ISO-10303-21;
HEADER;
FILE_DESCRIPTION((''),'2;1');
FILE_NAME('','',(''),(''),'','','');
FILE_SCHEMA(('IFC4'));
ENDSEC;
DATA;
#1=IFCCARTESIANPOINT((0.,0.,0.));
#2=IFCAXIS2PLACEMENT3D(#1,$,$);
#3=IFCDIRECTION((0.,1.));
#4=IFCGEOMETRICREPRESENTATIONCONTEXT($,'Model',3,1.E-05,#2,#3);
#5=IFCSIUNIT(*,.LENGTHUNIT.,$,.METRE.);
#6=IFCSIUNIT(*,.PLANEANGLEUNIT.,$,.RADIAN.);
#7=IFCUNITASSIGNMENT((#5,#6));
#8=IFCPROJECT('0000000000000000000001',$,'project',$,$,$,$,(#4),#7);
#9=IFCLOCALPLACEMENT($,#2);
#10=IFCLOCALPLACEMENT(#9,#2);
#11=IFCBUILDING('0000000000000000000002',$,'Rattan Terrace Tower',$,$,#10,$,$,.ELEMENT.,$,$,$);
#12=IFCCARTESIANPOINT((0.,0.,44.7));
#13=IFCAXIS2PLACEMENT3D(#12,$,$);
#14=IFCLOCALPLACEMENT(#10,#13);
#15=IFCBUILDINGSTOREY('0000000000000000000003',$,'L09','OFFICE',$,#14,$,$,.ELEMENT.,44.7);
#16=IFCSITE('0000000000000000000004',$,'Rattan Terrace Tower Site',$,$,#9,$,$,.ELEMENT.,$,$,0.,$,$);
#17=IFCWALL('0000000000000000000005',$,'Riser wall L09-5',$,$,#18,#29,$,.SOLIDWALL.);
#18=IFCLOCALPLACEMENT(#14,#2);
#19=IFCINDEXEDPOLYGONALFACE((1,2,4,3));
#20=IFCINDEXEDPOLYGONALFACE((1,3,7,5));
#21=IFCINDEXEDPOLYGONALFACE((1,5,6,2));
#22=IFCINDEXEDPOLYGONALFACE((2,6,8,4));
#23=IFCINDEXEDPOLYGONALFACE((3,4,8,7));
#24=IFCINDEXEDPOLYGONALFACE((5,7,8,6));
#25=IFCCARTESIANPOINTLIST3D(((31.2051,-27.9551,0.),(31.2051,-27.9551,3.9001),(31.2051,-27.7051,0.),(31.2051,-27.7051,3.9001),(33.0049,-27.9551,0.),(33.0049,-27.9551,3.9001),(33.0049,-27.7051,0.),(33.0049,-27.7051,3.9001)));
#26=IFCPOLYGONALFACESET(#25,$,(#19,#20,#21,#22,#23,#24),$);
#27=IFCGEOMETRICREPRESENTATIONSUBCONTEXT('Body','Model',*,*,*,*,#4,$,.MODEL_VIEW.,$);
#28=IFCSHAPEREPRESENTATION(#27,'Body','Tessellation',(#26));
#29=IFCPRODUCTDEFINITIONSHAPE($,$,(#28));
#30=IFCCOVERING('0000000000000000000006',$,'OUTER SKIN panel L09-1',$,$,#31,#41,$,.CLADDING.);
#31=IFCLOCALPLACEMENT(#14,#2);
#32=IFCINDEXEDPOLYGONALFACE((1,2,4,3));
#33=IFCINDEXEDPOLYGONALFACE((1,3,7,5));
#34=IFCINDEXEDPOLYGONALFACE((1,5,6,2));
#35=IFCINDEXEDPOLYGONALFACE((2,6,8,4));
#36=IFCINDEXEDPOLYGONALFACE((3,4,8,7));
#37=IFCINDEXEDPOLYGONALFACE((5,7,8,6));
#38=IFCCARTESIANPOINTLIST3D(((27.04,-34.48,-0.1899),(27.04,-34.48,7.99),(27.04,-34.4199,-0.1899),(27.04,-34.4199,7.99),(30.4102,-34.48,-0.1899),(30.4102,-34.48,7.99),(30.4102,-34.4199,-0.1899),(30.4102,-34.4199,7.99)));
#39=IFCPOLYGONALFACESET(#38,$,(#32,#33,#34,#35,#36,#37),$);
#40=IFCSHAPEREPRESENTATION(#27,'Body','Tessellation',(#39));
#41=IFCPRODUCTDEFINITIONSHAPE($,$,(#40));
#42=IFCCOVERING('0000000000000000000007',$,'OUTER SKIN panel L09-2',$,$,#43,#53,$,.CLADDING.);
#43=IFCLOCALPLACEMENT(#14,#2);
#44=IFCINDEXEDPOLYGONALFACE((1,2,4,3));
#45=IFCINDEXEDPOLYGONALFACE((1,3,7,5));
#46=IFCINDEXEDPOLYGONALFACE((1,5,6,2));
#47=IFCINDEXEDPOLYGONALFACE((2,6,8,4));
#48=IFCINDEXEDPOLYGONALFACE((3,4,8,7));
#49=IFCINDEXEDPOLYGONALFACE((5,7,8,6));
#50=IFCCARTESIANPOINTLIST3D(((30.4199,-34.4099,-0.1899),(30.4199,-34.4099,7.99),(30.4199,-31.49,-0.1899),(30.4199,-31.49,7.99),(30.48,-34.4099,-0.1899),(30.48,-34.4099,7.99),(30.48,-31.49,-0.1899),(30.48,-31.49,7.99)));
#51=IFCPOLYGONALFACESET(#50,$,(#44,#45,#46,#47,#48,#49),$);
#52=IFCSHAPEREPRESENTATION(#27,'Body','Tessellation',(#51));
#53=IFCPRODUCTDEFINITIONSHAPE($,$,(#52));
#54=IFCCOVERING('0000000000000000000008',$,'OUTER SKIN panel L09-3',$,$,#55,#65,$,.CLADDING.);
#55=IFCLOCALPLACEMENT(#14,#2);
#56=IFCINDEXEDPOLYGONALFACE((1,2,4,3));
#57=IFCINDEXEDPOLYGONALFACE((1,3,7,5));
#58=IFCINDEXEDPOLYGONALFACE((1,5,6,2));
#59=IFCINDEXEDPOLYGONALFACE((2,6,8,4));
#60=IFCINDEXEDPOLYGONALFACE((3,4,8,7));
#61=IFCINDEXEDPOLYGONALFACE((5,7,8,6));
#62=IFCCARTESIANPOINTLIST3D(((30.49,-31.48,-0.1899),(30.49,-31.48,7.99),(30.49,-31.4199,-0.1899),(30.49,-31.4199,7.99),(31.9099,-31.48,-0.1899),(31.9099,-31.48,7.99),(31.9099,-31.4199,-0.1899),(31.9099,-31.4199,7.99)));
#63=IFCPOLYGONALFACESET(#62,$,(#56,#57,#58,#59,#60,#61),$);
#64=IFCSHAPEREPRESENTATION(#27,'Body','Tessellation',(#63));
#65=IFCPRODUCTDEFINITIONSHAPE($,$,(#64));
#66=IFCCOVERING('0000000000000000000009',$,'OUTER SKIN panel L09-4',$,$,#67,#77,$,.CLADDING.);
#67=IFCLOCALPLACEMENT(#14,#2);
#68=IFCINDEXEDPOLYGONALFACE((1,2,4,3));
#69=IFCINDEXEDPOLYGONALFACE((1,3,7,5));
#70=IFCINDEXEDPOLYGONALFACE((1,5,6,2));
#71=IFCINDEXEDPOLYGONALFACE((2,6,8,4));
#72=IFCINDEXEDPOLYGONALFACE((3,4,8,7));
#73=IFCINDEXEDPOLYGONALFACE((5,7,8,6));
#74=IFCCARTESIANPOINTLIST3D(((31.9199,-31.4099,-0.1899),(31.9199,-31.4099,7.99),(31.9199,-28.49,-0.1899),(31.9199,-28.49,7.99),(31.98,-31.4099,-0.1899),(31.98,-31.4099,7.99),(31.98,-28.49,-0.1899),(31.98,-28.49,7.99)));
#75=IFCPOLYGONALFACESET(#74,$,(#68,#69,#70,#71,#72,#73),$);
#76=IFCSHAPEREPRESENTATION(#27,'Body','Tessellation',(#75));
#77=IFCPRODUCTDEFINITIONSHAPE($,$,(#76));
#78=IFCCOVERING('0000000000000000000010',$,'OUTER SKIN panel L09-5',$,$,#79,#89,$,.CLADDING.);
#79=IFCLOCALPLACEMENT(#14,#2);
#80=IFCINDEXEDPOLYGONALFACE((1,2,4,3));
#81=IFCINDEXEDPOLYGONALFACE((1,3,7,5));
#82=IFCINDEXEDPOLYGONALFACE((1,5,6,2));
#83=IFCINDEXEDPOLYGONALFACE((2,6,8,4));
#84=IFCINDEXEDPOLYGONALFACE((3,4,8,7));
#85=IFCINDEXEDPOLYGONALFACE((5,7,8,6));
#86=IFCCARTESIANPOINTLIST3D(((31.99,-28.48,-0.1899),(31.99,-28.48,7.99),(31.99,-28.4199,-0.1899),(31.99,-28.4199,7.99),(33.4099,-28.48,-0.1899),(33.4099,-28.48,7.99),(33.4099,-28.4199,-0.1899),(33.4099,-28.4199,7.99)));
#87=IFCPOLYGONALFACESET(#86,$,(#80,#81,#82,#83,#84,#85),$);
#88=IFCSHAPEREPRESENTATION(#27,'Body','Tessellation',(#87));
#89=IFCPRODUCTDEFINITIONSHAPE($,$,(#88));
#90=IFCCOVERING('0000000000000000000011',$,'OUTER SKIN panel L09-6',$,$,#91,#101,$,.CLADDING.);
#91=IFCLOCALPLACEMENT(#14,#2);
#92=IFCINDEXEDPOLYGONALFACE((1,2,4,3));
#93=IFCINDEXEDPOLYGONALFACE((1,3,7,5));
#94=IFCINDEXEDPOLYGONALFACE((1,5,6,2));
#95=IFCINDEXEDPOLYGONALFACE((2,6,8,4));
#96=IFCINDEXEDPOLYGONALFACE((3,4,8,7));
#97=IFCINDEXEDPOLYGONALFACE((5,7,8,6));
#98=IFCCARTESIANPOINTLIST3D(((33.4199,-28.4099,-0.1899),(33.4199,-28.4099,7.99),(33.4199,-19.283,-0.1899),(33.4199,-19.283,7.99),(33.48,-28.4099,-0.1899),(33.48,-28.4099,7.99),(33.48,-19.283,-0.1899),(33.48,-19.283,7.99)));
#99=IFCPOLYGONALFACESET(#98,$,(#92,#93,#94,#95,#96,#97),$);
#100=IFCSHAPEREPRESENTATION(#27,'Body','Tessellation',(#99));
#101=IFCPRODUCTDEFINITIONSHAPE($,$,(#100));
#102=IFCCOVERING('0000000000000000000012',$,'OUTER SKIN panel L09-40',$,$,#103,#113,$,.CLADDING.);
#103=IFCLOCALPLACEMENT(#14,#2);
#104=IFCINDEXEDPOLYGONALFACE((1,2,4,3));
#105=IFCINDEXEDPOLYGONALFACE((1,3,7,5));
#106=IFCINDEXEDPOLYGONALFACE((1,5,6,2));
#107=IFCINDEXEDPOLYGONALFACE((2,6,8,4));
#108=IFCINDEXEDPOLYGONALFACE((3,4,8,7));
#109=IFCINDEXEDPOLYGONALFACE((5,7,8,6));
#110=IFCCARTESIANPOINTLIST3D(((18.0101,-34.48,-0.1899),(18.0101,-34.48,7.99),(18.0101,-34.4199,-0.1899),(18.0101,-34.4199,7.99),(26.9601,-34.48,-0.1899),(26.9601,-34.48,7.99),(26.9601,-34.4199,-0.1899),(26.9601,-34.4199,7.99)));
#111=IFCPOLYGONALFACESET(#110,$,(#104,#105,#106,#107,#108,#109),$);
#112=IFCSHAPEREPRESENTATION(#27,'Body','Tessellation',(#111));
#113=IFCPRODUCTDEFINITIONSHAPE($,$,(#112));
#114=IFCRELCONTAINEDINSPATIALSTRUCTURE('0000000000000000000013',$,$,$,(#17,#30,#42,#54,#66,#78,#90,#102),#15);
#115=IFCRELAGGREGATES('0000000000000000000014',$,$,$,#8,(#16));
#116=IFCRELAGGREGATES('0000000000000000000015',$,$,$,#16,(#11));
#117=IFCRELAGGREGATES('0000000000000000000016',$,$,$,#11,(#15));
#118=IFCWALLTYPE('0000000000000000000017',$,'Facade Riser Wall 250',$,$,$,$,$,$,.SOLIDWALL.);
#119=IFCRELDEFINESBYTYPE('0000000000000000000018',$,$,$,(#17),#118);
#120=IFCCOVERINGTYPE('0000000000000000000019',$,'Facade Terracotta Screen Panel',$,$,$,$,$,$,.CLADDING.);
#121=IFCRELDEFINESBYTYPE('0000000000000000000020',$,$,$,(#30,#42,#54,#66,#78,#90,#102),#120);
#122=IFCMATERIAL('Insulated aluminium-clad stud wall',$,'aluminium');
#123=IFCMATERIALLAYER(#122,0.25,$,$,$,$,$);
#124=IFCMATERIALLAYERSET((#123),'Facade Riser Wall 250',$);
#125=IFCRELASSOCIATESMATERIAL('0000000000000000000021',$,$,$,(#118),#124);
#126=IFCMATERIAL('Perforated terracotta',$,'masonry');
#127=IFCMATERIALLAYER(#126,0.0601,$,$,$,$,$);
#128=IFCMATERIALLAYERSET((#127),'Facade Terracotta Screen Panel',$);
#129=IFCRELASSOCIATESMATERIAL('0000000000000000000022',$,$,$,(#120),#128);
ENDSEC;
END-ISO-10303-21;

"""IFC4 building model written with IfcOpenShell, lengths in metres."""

from ifc_helpers import new_model, si_unit, direction, frame, frame_2d, origin, origin_2d, place, context, subcontext, project, spatial, rectangle, extrude, material, layer, layer_set, type_object, element, save


model = new_model("IFC4")

# Units and contexts
model_context = context("Model", 3, precision=1e-05, world=origin(), true_north=direction((0.0, 1.0)))
body_context = subcontext(model_context, "Body", "Model", "MODEL_VIEW")
ifc_project = project(units=[si_unit("LENGTHUNIT", "METRE"), si_unit("PLANEANGLEUNIT", "RADIAN")], contexts=[model_context])

# Site, building, storey
site_placement = place(None, origin())
site = spatial("IfcSite", under=ifc_project, at=site_placement, Name="Rattan Terrace Tower Site", CompositionType="ELEMENT", RefElevation=0.0)
building_placement = place(site_placement, origin())
building = spatial("IfcBuilding", under=site, at=building_placement, Name="Rattan Terrace Tower", CompositionType="ELEMENT")
storey_placement = place(building_placement, frame((0.0, 0.0, 44.7)))
storey = spatial("IfcBuildingStorey", under=building, at=storey_placement, Name="L09", Description="OFFICE", CompositionType="ELEMENT", Elevation=44.7)

# Wall
ifc_material_1 = material(Name="Insulated aluminium-clad stud wall", Category="aluminium")
ifc_layer_1 = layer(ifc_material_1, 0.25)
ifc_layer_set_1 = layer_set([ifc_layer_1], Name="Facade Riser Wall 250")
wall_type = type_object("IfcWallType", Name="Facade Riser Wall 250", PredefinedType="SOLIDWALL", material=ifc_layer_set_1)
wall_1_placement = place(storey_placement, frame((31.2051, -27.8301, 0.0), z_axis=(0.0, 0.0, 1.0), x_axis=(1.0, 0.0, 0.0)))
element("IfcWall", 1, at=wall_1_placement, inside=storey, type_object=wall_type, Name="Riser wall L09-5", PredefinedType="SOLIDWALL", context=body_context, shape_type="SweptSolid", body=[
    extrude(rectangle(XDim=1.7998, YDim=0.25, at=frame_2d((0.8999, 0.0))), origin(), (0.0, 0.0, 1.0), 3.9001),
])

# Coverings
ifc_material_2 = material(Name="Perforated terracotta", Category="masonry")
ifc_layer_2 = layer(ifc_material_2, 0.0601)
ifc_layer_set_2 = layer_set([ifc_layer_2], Name="Facade Terracotta Screen Panel")
covering_type = type_object("IfcCoveringType", Name="Facade Terracotta Screen Panel", PredefinedType="CLADDING", material=ifc_layer_set_2)
covering_1_placement = place(storey_placement, frame((28.7251, -34.45, -0.1899), z_axis=(0.0, 0.0, 1.0), x_axis=(1.0, 0.0, 0.0)))
element("IfcCovering", 2, at=covering_1_placement, inside=storey, type_object=covering_type, Name="OUTER SKIN panel L09-1", PredefinedType="CLADDING", context=body_context, shape_type="SweptSolid", body=[
    extrude(rectangle(XDim=3.3701, YDim=0.0601, at=origin_2d()), origin(), (0.0, 0.0, 1.0), 8.1799),
])
covering_2_placement = place(storey_placement, frame((30.45, -32.95, -0.1899), z_axis=(0.0, 0.0, 1.0), x_axis=(0.0, 1.0, 0.0)))
element("IfcCovering", 3, at=covering_2_placement, inside=storey, type_object=covering_type, Name="OUTER SKIN panel L09-2", PredefinedType="CLADDING", context=body_context, shape_type="SweptSolid", body=[
    extrude(rectangle(XDim=2.9199, YDim=0.0601, at=origin_2d()), origin(), (0.0, 0.0, 1.0), 8.1799),
])
covering_3_placement = place(storey_placement, frame((31.2, -31.45, -0.1899), z_axis=(0.0, 0.0, 1.0), x_axis=(1.0, 0.0, 0.0)))
element("IfcCovering", 4, at=covering_3_placement, inside=storey, type_object=covering_type, Name="OUTER SKIN panel L09-3", PredefinedType="CLADDING", context=body_context, shape_type="SweptSolid", body=[
    extrude(rectangle(XDim=1.4199, YDim=0.0601, at=origin_2d()), origin(), (0.0, 0.0, 1.0), 8.1799),
])
covering_4_placement = place(storey_placement, frame((31.95, -29.95, -0.1899), z_axis=(0.0, 0.0, 1.0), x_axis=(0.0, 1.0, 0.0)))
element("IfcCovering", 5, at=covering_4_placement, inside=storey, type_object=covering_type, Name="OUTER SKIN panel L09-4", PredefinedType="CLADDING", context=body_context, shape_type="SweptSolid", body=[
    extrude(rectangle(XDim=2.9199, YDim=0.0601, at=origin_2d()), origin(), (0.0, 0.0, 1.0), 8.1799),
])
covering_5_placement = place(storey_placement, frame((32.7, -28.45, -0.1899), z_axis=(0.0, 0.0, 1.0), x_axis=(1.0, 0.0, 0.0)))
element("IfcCovering", 6, at=covering_5_placement, inside=storey, type_object=covering_type, Name="OUTER SKIN panel L09-5", PredefinedType="CLADDING", context=body_context, shape_type="SweptSolid", body=[
    extrude(rectangle(XDim=1.4199, YDim=0.0601, at=origin_2d()), origin(), (0.0, 0.0, 1.0), 8.1799),
])
covering_6_placement = place(storey_placement, frame((33.45, -23.8464, -0.1899), z_axis=(0.0, 0.0, 1.0), x_axis=(0.0, 1.0, 0.0)))
element("IfcCovering", 7, at=covering_6_placement, inside=storey, type_object=covering_type, Name="OUTER SKIN panel L09-6", PredefinedType="CLADDING", context=body_context, shape_type="SweptSolid", body=[
    extrude(rectangle(XDim=9.127, YDim=0.0601, at=origin_2d()), origin(), (0.0, 0.0, 1.0), 8.1799),
])
covering_7_placement = place(storey_placement, frame((22.4851, -34.45, -0.1899), z_axis=(0.0, 0.0, 1.0), x_axis=(1.0, 0.0, 0.0)))
element("IfcCovering", 8, at=covering_7_placement, inside=storey, type_object=covering_type, Name="OUTER SKIN panel L09-40", PredefinedType="CLADDING", context=body_context, shape_type="SweptSolid", body=[
    extrude(rectangle(XDim=8.95, YDim=0.0601, at=origin_2d()), origin(), (0.0, 0.0, 1.0), 8.1799),
])

save(model, "model.ifc")
